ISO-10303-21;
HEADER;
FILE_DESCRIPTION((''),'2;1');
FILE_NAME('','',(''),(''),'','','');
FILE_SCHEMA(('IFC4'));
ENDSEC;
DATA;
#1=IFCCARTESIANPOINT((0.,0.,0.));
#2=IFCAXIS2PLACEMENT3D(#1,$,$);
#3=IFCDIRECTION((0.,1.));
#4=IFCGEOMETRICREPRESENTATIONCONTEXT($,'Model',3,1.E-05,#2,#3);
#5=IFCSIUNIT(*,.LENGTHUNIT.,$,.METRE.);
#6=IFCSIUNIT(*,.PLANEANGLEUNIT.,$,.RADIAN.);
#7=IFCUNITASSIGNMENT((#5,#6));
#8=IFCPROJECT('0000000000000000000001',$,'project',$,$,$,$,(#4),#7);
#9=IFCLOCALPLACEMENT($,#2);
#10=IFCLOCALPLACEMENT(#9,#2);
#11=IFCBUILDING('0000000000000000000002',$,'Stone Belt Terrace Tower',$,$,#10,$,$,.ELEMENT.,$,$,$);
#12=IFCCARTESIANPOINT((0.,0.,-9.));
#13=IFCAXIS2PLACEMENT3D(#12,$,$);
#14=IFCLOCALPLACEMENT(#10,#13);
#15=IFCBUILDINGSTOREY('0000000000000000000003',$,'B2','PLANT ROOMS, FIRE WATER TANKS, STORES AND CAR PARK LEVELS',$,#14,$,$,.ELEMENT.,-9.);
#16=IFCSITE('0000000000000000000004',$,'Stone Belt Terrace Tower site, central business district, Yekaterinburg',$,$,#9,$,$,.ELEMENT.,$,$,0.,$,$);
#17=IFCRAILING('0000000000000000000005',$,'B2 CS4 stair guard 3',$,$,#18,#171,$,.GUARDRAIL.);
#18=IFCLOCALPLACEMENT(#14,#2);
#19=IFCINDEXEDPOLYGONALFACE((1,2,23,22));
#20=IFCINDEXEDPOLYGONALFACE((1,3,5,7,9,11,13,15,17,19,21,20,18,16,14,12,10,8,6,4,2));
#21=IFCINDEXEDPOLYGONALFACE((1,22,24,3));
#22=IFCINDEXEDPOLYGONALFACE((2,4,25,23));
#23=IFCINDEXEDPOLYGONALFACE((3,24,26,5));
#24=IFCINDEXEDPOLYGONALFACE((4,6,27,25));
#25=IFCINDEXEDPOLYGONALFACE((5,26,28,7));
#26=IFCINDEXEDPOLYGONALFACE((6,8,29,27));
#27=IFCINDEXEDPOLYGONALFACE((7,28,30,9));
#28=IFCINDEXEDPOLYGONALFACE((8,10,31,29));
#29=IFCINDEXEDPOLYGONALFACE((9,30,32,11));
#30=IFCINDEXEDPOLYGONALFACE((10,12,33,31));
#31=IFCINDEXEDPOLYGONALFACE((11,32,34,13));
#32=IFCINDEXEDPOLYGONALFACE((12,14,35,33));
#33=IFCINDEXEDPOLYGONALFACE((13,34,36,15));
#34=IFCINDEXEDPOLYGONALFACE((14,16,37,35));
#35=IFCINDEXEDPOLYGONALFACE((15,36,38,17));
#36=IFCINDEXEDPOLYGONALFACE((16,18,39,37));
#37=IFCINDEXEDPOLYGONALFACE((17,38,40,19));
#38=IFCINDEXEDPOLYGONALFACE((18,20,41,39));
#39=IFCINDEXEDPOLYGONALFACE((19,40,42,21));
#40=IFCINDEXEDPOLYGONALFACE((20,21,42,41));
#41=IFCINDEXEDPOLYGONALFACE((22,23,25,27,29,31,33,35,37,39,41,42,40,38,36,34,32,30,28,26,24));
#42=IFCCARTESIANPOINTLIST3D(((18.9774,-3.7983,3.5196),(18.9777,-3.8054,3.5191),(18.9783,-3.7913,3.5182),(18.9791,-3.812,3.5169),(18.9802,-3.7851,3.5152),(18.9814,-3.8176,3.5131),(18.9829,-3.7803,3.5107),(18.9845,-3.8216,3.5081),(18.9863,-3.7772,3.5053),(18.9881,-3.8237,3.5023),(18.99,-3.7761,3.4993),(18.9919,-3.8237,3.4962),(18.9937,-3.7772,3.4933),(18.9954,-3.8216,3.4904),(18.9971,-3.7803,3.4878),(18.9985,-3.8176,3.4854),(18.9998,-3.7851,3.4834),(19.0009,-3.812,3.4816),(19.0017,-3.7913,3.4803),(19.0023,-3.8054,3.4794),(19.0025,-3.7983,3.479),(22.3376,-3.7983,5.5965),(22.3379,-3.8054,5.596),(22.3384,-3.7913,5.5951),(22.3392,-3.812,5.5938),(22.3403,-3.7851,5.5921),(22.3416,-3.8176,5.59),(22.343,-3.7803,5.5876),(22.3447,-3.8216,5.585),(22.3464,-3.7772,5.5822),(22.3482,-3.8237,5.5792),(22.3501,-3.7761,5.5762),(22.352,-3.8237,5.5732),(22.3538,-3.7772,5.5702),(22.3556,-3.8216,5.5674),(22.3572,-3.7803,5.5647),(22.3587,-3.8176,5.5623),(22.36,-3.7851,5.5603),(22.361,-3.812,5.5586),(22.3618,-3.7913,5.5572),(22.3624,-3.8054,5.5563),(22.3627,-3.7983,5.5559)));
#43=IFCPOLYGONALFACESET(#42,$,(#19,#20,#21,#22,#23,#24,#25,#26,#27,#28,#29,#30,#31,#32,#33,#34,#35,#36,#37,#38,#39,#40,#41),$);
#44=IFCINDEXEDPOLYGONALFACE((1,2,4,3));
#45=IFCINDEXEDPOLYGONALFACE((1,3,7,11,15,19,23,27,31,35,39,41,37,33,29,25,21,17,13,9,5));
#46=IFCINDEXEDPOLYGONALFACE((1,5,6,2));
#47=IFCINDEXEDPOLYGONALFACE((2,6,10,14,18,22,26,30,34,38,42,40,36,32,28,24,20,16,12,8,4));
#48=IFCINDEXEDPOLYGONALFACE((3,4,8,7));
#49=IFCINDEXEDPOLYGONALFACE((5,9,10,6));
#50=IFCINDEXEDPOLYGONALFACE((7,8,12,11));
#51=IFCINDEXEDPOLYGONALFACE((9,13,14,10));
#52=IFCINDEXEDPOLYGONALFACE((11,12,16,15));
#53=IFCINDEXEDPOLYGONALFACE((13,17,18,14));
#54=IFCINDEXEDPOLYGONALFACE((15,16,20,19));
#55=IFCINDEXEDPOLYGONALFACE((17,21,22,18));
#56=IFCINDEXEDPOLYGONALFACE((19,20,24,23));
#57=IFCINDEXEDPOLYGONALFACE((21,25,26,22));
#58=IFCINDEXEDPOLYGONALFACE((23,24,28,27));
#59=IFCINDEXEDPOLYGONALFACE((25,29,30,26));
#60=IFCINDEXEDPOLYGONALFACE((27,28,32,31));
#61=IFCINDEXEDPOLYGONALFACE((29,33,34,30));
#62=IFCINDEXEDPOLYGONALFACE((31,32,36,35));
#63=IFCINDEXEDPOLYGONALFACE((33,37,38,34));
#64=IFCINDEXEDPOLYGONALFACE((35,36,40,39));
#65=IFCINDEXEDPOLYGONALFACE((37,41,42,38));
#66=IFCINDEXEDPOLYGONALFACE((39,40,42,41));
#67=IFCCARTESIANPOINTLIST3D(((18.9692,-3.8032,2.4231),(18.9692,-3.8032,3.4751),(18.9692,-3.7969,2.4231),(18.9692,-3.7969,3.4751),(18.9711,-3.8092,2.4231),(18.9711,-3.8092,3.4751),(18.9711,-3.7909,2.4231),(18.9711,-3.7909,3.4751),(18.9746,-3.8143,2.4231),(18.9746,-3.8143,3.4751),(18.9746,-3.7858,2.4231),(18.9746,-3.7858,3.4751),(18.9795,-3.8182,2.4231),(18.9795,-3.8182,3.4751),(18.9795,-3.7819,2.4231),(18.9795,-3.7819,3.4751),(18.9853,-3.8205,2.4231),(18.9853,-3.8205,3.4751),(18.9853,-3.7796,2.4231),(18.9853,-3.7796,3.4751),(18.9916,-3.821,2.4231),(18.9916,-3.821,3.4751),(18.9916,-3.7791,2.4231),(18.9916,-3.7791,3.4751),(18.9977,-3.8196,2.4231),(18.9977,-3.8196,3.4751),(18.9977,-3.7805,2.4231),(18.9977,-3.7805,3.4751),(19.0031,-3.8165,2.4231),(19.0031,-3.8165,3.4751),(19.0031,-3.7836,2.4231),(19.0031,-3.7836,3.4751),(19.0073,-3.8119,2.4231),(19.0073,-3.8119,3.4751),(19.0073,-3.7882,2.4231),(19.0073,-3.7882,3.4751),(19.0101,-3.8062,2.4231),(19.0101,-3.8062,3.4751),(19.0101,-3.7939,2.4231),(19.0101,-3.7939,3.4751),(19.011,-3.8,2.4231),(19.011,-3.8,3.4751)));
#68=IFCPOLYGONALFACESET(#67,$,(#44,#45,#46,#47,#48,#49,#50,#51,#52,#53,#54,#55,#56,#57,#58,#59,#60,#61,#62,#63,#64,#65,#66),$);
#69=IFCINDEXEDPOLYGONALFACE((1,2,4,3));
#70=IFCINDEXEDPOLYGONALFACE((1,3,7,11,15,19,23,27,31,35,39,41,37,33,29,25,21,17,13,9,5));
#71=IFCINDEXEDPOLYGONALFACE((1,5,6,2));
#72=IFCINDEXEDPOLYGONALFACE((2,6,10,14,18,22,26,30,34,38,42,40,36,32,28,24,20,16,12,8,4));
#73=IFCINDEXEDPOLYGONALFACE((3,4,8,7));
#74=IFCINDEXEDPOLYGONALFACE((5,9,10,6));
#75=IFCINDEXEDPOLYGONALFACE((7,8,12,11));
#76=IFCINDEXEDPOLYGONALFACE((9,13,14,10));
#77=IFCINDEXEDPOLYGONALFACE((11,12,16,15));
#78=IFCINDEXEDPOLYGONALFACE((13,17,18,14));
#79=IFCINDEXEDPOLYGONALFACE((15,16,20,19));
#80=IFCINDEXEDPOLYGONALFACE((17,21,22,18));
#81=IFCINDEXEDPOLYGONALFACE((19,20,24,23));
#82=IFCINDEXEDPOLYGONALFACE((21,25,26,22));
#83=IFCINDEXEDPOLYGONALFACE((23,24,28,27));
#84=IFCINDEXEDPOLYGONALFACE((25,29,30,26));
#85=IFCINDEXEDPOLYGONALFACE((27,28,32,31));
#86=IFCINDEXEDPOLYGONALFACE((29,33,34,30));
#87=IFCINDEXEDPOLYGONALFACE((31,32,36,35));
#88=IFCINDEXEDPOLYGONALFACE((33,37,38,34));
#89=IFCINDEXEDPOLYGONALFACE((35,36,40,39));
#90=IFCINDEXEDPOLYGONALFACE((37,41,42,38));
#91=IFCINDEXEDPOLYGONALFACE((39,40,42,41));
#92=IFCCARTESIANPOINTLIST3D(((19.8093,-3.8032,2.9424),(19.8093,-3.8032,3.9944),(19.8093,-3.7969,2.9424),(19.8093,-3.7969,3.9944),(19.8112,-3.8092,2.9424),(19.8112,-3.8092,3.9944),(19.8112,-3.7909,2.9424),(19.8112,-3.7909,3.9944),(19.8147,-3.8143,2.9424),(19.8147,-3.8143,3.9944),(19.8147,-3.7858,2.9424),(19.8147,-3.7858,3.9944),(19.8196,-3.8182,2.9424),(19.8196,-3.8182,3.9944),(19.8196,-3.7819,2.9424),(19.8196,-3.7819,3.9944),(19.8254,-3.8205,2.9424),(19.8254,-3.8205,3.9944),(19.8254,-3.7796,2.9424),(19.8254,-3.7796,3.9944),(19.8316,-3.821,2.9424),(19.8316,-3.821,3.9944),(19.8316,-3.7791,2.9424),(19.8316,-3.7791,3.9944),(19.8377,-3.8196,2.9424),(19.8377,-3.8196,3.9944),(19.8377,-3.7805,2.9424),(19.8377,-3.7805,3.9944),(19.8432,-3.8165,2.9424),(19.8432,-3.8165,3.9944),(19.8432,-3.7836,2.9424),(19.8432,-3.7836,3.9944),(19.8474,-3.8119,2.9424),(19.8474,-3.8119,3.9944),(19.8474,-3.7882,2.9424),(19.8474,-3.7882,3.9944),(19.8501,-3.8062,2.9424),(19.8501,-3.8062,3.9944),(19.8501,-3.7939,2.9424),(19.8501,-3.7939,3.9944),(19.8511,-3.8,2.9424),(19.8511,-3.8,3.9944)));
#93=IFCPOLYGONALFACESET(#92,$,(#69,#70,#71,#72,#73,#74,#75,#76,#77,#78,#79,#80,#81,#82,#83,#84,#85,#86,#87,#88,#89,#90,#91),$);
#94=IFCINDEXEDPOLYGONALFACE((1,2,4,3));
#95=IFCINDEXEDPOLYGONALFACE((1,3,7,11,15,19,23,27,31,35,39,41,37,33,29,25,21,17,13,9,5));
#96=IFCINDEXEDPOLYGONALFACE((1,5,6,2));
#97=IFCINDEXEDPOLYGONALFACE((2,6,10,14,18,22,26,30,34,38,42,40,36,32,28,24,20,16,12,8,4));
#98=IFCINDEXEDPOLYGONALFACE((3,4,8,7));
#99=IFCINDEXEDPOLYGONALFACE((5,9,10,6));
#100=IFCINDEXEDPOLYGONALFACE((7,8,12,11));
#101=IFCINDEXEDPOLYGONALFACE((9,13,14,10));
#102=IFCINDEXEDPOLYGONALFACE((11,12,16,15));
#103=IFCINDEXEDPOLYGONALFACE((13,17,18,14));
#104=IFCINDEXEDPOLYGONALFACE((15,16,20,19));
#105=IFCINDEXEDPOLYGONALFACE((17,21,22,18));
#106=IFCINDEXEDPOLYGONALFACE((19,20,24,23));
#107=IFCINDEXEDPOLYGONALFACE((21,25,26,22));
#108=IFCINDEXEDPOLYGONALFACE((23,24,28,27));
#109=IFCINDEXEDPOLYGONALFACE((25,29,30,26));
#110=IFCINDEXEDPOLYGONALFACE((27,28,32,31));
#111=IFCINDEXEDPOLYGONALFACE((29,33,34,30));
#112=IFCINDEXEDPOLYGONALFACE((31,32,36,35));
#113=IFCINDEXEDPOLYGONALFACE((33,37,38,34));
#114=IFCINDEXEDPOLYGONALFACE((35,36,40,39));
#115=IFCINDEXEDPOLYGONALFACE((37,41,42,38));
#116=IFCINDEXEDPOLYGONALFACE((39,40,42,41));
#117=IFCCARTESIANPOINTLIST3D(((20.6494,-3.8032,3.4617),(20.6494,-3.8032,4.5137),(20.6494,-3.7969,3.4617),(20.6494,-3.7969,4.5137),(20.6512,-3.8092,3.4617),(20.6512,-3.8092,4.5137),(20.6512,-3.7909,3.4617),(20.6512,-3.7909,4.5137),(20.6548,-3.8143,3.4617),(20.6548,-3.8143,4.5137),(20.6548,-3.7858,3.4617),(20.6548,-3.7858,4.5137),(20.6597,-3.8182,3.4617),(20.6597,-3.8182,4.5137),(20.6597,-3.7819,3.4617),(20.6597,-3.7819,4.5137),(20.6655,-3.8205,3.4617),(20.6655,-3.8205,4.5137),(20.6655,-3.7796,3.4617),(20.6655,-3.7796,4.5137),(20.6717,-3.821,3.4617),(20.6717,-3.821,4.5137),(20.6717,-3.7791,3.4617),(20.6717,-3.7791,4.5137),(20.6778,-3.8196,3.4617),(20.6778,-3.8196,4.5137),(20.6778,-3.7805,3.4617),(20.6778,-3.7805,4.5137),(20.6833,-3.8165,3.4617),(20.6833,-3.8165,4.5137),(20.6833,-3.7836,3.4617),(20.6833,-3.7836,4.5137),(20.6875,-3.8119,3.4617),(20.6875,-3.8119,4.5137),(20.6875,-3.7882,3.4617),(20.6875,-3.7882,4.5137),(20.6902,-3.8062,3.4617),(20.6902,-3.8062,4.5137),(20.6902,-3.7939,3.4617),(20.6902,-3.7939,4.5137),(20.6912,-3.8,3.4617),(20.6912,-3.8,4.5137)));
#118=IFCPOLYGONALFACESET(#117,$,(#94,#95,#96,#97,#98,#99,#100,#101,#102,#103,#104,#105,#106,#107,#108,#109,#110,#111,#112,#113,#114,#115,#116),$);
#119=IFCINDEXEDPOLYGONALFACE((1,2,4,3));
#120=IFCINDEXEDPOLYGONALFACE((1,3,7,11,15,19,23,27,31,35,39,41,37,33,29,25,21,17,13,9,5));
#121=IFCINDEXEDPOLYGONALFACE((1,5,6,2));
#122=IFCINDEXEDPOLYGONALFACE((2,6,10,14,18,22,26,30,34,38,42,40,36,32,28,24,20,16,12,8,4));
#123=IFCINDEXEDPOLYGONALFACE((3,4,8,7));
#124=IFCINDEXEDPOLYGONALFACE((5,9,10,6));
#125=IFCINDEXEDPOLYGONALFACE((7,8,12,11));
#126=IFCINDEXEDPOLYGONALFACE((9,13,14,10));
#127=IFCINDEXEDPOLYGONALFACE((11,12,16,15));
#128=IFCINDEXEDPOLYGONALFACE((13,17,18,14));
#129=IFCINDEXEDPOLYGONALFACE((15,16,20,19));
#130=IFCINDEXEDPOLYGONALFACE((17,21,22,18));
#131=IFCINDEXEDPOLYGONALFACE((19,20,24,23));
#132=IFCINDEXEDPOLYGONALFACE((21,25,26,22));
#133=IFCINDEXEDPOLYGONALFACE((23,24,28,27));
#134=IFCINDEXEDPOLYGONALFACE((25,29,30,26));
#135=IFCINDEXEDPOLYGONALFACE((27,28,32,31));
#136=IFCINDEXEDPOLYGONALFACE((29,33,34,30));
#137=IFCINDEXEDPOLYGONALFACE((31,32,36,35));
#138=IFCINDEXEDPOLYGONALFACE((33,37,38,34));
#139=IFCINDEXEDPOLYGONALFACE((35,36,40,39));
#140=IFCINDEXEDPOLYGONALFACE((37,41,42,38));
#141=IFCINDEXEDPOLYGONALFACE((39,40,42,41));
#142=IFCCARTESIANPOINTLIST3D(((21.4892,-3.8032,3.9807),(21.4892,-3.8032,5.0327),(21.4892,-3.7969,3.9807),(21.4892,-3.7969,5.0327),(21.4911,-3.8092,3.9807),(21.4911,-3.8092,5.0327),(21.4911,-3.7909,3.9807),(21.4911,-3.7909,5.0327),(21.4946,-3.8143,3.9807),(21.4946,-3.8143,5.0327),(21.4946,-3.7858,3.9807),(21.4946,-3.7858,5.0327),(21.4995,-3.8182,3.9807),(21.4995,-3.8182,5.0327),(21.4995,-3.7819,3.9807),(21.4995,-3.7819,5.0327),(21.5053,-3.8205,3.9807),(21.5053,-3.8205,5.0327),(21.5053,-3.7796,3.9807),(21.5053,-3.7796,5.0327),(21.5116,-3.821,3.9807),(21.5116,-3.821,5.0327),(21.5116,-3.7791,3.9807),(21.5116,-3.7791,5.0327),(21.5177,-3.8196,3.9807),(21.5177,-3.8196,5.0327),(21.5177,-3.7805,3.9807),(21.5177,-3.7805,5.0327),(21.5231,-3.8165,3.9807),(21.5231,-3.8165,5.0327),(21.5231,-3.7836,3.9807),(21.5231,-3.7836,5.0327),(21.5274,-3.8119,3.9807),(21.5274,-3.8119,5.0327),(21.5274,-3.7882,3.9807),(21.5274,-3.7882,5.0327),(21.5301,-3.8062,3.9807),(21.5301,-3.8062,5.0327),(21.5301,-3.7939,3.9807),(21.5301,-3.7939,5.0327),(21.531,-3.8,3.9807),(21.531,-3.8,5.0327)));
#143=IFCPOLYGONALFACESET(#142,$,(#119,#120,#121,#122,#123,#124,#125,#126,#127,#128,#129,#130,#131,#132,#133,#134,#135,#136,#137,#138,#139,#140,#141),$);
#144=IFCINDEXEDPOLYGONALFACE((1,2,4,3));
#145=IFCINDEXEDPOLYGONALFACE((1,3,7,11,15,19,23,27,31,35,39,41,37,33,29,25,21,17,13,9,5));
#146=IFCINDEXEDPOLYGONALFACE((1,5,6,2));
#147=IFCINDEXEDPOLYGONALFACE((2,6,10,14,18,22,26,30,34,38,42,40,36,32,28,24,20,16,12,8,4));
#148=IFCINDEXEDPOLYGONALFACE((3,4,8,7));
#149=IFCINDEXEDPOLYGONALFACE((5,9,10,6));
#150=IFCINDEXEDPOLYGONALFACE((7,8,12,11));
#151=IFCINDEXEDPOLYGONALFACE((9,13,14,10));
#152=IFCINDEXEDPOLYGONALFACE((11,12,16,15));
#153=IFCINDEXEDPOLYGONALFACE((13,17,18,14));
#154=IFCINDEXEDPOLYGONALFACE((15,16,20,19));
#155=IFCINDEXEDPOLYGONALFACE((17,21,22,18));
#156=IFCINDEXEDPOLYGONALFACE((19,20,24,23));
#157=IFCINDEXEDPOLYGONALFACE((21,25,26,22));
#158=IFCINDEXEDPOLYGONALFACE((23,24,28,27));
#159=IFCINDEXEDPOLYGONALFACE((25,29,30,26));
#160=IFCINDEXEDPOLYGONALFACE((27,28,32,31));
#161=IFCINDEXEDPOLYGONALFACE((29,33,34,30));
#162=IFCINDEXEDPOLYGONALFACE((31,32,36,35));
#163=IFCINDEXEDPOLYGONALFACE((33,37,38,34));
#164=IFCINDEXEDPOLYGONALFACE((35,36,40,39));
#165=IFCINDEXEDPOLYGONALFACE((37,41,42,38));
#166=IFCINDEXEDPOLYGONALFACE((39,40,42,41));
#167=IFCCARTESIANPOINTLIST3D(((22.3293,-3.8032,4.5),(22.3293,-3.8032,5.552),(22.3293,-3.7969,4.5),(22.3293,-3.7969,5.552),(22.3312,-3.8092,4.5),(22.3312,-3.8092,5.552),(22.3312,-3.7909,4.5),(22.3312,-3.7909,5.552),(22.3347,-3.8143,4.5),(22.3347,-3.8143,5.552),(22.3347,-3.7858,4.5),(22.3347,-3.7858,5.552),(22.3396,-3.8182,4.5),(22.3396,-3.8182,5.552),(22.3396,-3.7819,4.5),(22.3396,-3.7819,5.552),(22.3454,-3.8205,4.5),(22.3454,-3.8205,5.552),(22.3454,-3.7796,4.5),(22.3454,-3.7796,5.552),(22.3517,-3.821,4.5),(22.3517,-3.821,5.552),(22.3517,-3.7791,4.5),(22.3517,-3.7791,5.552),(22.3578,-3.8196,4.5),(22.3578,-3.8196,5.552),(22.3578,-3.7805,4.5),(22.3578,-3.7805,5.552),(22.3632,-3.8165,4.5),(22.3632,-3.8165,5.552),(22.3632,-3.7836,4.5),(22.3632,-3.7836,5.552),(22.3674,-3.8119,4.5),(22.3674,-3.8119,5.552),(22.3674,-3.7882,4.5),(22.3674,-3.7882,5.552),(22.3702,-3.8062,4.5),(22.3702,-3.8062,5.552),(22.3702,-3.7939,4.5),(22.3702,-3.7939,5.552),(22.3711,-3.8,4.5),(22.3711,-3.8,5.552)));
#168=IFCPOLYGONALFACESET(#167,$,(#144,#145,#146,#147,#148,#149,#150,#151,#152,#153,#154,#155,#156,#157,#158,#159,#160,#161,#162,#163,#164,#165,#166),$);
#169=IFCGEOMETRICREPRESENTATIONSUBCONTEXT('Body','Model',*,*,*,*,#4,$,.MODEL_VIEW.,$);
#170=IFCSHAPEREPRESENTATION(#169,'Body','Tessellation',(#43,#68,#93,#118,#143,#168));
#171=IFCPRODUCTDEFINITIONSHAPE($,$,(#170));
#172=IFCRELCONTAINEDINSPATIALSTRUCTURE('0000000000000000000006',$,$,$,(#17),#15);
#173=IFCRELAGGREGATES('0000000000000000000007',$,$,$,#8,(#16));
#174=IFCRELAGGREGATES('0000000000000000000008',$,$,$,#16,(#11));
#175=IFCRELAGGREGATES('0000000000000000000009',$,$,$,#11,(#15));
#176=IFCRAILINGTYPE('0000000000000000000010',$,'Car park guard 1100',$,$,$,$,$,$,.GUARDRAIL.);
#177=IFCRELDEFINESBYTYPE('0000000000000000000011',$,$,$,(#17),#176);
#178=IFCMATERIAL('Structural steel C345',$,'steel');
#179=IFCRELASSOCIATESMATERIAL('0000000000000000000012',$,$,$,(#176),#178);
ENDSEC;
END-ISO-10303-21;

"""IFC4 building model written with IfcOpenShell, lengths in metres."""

from ifc_helpers import new_model, si_unit, direction, frame, origin, origin_2d, place, context, subcontext, project, spatial, circle, extrude, material, type_object, element, save


model = new_model("IFC4")

# Units and contexts
model_context = context("Model", 3, precision=1e-05, world=origin(), true_north=direction((0.0, 1.0)))
body_context = subcontext(model_context, "Body", "Model", "MODEL_VIEW")
ifc_project = project(units=[si_unit("LENGTHUNIT", "METRE"), si_unit("PLANEANGLEUNIT", "RADIAN")], contexts=[model_context])

# Site, building, storey
site_placement = place(None, origin())
site = spatial("IfcSite", under=ifc_project, at=site_placement, Name="Stone Belt Terrace Tower site, central business district, Yekaterinburg", CompositionType="ELEMENT", RefElevation=0.0)
building_placement = place(site_placement, origin())
building = spatial("IfcBuilding", under=site, at=building_placement, Name="Stone Belt Terrace Tower", CompositionType="ELEMENT")
storey_placement = place(building_placement, frame((0.0, 0.0, -9.0)))
storey = spatial("IfcBuildingStorey", under=building, at=storey_placement, Name="B2", Description="PLANT ROOMS, FIRE WATER TANKS, STORES AND CAR PARK LEVELS", CompositionType="ELEMENT", Elevation=-9.0)

# Railing
ifc_material_1 = material(Name="Structural steel C345", Category="steel")
railing_type_1 = type_object("IfcRailingType", Name="Car park guard 1100", PredefinedType="GUARDRAIL", material=ifc_material_1)
railing_1_placement = place(storey_placement, frame((18.99, -3.8, 2.4231)))
element("IfcRailing", 1, at=railing_1_placement, inside=storey, type_object=railing_type_1, Name="B2 CS4 stair guard 3", PredefinedType="GUARDRAIL", context=body_context, shape_type="SweptSolid", body=[
    extrude(circle(Radius=0.0239, at=origin_2d()), frame((0.0, 0.0, 1.0762), z_axis=(0.850623, 0.0, 0.525776), x_axis=(0.0, 1.0, 0.0)), (0.0, 0.0, 1.0), 3.9502),
    extrude(circle(Radius=0.021, at=origin_2d()), origin(), (0.0, 0.0, 1.0), 1.052),
    extrude(circle(Radius=0.021, at=origin_2d()), frame((0.8401, 0.0, 0.5193)), (0.0, 0.0, 1.0), 1.052),
    extrude(circle(Radius=0.021, at=origin_2d()), frame((1.6802, 0.0, 1.0386)), (0.0, 0.0, 1.0), 1.052),
    extrude(circle(Radius=0.021, at=origin_2d()), frame((2.52, 0.0, 1.5576)), (0.0, 0.0, 1.0), 1.052),
    extrude(circle(Radius=0.021, at=origin_2d()), frame((3.3601, 0.0, 2.0769)), (0.0, 0.0, 1.0), 1.052),
])

save(model, "model.ifc")
